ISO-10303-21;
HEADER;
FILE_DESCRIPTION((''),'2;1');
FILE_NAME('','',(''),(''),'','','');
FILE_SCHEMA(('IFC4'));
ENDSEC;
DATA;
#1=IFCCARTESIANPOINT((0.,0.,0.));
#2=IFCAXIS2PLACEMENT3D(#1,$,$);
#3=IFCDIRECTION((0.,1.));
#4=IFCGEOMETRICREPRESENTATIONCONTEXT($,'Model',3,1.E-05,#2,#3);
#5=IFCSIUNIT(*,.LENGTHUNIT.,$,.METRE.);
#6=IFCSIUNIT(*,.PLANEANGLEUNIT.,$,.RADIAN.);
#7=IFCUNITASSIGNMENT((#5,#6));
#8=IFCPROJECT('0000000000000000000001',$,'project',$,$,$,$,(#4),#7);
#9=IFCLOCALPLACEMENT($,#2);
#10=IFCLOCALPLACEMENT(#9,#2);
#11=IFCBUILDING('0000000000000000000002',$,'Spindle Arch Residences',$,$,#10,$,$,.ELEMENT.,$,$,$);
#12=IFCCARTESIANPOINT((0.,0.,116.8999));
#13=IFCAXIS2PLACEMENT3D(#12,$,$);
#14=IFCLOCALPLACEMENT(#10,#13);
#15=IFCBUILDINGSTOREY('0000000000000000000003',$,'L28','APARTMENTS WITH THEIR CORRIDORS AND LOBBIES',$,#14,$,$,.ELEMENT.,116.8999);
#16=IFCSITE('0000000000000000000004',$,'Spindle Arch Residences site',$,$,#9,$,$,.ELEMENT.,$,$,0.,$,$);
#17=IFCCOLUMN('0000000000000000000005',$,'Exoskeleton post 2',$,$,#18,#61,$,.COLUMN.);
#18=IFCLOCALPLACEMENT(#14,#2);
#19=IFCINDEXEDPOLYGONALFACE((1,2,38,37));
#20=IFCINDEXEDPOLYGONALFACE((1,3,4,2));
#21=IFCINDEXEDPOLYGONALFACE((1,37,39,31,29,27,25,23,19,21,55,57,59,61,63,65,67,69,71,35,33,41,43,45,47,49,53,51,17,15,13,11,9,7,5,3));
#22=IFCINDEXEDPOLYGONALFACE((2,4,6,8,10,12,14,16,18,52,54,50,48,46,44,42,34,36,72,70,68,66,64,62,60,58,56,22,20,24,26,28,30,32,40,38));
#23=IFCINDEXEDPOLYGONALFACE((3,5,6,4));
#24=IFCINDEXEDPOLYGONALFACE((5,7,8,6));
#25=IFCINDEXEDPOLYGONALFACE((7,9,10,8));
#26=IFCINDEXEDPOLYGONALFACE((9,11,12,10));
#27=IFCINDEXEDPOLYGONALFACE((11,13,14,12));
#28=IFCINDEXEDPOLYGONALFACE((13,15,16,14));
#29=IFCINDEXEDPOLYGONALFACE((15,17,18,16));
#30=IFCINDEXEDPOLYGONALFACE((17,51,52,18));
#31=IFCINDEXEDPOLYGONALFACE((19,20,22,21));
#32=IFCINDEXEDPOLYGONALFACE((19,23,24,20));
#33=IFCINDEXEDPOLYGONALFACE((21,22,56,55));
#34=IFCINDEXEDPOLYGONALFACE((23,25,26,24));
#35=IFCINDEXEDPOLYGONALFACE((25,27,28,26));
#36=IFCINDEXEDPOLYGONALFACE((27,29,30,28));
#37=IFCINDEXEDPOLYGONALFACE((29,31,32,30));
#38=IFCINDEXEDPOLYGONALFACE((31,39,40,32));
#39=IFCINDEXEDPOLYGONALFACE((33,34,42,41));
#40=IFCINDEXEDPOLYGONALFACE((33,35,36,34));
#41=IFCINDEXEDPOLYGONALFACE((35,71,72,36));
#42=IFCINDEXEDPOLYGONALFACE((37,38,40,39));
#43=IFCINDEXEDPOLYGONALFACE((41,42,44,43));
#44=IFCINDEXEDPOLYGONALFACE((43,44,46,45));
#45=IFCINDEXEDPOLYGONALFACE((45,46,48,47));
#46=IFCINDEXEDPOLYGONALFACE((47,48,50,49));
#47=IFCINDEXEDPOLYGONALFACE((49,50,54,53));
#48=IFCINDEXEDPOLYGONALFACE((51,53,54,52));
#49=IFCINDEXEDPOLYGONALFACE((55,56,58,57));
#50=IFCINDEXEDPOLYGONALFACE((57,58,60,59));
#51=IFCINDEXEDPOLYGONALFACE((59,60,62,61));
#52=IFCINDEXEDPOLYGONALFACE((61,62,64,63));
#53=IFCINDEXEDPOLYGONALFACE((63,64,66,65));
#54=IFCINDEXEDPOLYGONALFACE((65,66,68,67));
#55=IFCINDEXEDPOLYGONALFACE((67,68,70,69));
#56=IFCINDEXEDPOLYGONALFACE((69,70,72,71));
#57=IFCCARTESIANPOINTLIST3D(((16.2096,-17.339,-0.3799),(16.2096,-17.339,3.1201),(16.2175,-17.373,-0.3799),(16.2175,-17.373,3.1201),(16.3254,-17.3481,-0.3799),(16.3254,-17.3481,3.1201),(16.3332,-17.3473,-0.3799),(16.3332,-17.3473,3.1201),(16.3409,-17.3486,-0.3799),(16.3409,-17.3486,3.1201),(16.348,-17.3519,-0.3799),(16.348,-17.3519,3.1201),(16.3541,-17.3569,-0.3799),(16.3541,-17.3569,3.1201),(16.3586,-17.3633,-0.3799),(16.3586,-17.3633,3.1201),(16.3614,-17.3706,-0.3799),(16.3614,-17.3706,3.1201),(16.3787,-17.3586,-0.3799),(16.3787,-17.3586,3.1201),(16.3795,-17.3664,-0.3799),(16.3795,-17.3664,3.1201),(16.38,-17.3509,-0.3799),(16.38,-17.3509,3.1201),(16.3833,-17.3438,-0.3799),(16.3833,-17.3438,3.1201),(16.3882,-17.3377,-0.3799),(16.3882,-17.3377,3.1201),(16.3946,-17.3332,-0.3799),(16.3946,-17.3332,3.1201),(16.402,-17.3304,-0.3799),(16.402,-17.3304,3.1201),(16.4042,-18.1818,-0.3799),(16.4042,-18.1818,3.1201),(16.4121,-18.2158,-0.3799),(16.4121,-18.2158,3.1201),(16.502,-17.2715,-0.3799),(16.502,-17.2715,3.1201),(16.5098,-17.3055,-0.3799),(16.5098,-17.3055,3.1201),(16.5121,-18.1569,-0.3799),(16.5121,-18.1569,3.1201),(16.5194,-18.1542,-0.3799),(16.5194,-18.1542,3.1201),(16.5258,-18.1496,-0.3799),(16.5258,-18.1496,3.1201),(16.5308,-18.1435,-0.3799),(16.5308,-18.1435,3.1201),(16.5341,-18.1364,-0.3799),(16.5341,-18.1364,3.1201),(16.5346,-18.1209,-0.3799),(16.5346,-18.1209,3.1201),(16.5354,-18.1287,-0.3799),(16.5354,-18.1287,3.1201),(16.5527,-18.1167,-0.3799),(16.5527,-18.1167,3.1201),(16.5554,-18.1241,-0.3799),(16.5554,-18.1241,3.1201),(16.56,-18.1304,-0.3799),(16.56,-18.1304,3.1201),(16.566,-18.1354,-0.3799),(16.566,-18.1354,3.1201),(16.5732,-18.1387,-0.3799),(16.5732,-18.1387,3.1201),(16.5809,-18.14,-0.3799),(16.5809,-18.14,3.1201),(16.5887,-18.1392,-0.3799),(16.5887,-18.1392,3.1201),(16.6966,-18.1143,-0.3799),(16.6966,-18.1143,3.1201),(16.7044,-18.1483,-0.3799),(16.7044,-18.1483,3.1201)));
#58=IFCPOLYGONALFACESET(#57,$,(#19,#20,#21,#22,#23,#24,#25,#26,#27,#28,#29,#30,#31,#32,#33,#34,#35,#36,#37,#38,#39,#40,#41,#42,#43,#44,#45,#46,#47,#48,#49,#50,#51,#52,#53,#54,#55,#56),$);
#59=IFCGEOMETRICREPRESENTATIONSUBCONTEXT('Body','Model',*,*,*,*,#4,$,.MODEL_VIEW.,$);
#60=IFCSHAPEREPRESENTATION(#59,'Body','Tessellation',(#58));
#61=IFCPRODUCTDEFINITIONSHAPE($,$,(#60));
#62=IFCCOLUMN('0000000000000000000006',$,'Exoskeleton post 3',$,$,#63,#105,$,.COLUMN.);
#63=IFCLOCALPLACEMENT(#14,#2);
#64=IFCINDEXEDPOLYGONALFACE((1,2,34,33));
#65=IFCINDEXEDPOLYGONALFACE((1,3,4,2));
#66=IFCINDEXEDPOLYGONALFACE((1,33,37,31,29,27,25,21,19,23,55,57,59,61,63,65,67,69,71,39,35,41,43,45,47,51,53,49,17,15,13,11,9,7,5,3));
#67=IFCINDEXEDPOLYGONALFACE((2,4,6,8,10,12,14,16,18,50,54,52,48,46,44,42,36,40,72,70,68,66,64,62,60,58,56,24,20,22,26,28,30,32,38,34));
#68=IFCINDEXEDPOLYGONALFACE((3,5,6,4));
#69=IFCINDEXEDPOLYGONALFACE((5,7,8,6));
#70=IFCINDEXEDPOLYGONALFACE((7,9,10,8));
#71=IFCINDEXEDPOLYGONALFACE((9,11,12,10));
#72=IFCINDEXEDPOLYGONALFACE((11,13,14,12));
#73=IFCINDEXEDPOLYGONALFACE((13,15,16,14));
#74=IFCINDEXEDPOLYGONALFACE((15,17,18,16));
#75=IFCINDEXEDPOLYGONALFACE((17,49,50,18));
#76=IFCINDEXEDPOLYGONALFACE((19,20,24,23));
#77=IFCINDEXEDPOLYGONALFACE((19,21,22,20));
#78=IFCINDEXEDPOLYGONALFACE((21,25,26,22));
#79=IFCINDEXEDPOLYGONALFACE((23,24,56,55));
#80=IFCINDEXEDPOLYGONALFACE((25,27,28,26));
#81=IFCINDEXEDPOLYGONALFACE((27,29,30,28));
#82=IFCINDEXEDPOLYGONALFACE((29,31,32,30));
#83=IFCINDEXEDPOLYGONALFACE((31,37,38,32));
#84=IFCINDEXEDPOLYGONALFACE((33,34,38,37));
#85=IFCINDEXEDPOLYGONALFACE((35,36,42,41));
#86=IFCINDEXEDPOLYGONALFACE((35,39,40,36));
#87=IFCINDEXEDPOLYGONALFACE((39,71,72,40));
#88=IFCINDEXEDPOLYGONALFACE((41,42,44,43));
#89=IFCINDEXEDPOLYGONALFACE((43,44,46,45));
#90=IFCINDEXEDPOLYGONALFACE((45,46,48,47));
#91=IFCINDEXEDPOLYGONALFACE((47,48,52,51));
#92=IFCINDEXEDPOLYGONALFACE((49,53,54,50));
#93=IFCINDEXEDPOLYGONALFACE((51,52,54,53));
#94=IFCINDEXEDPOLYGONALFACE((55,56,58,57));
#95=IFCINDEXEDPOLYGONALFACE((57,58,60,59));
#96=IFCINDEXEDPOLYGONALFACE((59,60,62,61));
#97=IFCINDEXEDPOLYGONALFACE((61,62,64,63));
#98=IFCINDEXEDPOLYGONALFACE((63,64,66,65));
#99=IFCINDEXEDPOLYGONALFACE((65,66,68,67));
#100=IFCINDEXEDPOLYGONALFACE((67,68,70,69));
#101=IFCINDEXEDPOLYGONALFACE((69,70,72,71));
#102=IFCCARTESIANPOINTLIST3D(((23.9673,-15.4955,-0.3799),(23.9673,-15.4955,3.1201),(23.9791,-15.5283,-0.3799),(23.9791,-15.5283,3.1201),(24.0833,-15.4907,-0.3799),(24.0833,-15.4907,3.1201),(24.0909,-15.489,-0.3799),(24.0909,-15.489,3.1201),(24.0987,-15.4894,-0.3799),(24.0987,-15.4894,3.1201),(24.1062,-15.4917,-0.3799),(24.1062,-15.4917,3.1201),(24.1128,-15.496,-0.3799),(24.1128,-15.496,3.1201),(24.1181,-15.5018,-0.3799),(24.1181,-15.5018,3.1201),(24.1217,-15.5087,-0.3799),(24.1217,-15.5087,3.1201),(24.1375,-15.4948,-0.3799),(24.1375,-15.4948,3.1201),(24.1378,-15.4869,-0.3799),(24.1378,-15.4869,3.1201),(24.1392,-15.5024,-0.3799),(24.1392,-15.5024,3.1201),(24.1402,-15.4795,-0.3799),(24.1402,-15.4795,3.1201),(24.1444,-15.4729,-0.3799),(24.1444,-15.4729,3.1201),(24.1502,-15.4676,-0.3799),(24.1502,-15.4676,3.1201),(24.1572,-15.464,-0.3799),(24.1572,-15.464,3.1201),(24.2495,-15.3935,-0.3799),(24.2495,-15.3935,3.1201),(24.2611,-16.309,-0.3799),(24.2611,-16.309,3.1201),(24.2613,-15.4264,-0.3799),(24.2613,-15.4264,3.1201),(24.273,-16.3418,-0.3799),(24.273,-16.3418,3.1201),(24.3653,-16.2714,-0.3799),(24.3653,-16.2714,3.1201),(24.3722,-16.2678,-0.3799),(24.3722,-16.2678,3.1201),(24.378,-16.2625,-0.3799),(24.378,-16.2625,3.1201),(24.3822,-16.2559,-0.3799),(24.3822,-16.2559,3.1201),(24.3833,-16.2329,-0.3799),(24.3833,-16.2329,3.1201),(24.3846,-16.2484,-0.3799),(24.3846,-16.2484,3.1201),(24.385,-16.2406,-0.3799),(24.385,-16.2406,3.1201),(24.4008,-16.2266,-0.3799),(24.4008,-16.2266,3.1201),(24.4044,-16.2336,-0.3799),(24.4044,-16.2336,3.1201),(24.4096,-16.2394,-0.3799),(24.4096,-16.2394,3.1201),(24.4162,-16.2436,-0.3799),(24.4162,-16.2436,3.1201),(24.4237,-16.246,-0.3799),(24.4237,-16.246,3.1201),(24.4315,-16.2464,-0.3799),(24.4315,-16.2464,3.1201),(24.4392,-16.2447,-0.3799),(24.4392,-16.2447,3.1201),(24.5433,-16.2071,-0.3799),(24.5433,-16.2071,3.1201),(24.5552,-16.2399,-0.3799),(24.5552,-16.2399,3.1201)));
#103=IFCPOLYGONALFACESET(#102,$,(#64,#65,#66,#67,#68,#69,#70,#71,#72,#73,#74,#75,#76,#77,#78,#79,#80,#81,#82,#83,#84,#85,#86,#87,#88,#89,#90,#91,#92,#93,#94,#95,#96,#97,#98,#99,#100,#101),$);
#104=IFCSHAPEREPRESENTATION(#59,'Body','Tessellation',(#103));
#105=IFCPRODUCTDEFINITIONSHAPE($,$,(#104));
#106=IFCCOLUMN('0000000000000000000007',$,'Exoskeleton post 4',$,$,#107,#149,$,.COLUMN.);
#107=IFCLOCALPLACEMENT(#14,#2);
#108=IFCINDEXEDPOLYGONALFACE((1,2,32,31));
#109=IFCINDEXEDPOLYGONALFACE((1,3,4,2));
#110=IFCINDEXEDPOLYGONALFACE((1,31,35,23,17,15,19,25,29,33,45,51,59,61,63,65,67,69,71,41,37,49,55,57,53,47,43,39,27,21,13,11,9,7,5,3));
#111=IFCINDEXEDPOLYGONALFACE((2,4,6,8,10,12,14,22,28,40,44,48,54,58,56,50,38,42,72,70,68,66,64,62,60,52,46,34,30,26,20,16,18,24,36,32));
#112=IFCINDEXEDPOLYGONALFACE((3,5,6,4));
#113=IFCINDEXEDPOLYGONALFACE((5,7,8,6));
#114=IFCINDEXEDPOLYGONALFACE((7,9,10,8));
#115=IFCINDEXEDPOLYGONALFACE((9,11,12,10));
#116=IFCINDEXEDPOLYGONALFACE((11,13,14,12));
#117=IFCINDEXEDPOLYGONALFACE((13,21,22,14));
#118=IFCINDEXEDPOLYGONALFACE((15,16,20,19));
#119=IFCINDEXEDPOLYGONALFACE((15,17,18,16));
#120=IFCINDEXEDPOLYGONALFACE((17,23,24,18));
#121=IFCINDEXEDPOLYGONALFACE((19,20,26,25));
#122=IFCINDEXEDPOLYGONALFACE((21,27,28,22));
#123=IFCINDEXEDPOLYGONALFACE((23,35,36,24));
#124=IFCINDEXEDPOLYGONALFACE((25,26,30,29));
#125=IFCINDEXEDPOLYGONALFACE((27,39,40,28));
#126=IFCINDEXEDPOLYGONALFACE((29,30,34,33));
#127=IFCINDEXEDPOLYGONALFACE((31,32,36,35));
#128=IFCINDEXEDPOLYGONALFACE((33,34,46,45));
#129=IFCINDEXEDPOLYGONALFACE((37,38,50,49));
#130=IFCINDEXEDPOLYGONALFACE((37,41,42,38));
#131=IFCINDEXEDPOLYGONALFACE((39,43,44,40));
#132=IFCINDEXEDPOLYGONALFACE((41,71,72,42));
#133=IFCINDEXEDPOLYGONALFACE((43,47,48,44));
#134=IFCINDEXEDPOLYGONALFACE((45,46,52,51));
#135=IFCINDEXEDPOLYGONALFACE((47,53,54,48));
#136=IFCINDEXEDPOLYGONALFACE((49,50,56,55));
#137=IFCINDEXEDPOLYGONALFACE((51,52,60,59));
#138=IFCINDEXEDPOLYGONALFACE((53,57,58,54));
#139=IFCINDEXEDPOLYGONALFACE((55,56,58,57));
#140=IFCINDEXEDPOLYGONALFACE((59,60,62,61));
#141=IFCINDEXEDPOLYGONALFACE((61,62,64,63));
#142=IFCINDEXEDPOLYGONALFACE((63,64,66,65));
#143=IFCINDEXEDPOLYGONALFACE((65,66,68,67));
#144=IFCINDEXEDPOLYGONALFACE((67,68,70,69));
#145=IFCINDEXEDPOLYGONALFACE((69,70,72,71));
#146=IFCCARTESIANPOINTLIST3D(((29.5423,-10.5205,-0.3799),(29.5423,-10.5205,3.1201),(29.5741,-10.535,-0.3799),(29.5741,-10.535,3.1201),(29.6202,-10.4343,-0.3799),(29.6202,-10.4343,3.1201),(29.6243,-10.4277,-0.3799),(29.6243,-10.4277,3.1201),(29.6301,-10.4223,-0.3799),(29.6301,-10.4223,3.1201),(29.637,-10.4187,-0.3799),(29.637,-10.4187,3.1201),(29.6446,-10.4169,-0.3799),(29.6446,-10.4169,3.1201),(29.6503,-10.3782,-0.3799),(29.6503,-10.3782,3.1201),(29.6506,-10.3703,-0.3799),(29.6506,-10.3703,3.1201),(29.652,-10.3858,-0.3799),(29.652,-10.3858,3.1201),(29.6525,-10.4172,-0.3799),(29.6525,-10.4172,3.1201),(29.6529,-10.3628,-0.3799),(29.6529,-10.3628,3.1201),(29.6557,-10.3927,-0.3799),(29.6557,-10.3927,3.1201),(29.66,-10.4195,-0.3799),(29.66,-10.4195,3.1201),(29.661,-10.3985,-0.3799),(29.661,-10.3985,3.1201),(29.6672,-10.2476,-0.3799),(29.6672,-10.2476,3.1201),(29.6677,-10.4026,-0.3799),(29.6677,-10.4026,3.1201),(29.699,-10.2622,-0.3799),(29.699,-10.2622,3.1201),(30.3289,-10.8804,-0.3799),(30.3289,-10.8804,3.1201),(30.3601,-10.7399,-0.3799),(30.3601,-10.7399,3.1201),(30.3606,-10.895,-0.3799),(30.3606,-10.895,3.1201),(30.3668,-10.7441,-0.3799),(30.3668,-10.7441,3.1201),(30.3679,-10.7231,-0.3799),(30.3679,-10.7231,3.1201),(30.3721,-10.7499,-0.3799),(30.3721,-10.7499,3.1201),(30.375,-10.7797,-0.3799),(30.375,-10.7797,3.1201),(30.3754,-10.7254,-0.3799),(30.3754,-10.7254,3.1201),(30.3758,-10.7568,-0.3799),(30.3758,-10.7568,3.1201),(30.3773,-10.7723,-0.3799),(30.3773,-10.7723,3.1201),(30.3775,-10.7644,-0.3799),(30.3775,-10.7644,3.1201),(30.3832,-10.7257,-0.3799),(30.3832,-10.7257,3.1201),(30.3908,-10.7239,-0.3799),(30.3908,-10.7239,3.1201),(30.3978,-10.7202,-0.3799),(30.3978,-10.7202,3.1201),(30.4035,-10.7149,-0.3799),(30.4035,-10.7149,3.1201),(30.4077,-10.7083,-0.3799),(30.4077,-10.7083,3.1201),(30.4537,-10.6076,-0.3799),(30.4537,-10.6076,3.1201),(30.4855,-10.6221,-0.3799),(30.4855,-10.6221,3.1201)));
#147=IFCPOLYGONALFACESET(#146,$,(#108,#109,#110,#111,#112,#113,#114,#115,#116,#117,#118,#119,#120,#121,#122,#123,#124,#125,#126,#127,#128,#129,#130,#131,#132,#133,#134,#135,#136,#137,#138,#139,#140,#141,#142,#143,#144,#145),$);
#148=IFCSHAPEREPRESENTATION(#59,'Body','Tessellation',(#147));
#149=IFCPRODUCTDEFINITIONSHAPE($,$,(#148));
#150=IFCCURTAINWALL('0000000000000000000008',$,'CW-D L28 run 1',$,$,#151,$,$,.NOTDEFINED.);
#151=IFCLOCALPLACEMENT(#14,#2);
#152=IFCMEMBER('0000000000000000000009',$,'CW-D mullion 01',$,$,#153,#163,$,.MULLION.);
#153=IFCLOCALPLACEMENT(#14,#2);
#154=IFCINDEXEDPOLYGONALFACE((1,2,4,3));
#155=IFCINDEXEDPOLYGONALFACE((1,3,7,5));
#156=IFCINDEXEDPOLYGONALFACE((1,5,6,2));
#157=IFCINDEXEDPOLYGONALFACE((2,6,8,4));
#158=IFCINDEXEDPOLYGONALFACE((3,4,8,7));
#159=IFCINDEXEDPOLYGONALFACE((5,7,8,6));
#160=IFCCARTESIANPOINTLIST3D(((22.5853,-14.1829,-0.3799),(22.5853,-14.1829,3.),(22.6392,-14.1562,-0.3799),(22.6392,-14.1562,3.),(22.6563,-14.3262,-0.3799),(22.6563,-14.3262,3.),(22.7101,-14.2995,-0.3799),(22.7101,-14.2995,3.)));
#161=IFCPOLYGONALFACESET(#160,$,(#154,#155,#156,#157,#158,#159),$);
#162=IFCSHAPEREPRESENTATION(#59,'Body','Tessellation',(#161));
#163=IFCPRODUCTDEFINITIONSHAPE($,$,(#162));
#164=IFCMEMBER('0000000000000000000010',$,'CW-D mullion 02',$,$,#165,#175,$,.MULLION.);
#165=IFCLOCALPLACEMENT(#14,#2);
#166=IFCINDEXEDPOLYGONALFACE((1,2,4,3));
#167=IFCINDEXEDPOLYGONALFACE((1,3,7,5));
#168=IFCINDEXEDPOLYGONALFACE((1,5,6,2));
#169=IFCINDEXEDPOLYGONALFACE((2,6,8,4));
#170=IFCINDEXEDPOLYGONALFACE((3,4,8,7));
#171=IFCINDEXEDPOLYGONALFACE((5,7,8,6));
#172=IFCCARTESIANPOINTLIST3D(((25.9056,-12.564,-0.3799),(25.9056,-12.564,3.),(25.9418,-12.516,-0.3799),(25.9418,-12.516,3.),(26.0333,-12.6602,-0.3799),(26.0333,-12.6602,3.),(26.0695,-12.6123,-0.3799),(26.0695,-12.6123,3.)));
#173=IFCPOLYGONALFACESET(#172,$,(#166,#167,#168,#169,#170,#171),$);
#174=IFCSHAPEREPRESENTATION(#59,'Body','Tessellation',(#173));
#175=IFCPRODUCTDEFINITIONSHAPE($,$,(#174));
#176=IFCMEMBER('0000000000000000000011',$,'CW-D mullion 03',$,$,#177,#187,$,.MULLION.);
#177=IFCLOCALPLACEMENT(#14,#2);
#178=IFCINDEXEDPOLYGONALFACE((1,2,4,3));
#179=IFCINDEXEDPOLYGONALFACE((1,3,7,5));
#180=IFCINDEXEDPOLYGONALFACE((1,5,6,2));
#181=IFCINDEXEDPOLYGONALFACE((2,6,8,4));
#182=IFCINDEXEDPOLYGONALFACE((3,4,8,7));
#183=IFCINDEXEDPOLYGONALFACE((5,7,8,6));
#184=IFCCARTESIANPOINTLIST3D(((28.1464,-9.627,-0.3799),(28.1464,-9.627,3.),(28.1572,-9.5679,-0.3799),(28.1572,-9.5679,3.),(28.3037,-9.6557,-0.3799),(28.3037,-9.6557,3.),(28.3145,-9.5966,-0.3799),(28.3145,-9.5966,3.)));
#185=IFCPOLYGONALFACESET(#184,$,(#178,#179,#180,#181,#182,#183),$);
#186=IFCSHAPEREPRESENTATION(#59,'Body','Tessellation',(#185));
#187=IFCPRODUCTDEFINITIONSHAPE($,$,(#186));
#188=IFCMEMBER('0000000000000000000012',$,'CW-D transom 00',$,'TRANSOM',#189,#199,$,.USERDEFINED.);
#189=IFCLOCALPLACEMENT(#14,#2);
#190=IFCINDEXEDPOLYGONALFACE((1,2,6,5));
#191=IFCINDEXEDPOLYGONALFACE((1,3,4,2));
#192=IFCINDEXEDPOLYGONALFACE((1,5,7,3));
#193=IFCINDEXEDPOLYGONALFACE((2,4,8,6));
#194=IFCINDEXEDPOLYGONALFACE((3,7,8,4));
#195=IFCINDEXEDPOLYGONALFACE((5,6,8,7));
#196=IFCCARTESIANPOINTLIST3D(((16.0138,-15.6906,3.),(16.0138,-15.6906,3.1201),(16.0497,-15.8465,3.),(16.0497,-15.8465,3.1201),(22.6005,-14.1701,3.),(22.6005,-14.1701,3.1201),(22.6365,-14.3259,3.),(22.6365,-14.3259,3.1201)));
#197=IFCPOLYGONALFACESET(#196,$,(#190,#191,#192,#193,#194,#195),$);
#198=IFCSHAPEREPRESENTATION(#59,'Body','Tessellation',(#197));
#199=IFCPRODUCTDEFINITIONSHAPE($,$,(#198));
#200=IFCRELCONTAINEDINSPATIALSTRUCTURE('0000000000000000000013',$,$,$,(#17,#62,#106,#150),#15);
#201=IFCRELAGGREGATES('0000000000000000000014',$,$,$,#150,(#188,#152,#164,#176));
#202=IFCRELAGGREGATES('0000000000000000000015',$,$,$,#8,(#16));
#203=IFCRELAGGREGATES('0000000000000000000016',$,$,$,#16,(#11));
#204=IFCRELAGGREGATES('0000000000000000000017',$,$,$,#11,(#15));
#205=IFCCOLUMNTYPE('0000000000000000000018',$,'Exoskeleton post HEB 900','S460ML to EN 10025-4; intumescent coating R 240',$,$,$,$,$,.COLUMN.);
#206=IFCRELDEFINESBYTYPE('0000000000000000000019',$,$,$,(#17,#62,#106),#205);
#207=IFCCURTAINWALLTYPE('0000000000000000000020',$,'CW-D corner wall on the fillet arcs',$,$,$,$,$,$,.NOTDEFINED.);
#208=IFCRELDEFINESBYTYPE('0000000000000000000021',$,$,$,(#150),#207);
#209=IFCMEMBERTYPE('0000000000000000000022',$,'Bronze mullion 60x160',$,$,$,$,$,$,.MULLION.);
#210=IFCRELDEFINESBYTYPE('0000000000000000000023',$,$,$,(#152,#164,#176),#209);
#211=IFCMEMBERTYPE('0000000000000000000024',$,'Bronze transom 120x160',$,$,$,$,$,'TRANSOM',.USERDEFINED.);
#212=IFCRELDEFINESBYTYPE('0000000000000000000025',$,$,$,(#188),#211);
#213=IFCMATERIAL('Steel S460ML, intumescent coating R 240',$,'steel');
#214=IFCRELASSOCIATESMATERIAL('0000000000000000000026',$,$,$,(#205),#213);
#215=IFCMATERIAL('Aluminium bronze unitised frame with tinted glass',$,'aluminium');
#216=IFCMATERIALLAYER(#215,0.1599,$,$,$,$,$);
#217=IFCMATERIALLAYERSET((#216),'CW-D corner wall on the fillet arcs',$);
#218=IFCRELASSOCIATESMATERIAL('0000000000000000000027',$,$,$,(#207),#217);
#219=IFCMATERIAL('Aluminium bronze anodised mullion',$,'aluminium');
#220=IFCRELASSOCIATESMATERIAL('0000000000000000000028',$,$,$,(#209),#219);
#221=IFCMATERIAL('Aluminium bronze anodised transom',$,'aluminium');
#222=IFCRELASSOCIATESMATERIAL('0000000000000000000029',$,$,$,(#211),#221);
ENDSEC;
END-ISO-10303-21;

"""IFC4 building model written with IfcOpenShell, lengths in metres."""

from ifc_helpers import new_model, si_unit, direction, frame, origin, origin_2d, place, context, subcontext, project, spatial, rectangle, i_section, extrude, material, layer, layer_set, material_profile, profile_set, type_object, element, aggregate, save


model = new_model("IFC4")

# Units and contexts
model_context = context("Model", 3, precision=1e-05, world=origin(), true_north=direction((0.0, 1.0)))
body_context = subcontext(model_context, "Body", "Model", "MODEL_VIEW")
ifc_project = project(units=[si_unit("LENGTHUNIT", "METRE"), si_unit("PLANEANGLEUNIT", "RADIAN")], contexts=[model_context])

# Site, building, storey
site_placement = place(None, origin())
site = spatial("IfcSite", under=ifc_project, at=site_placement, Name="Spindle Arch Residences site", CompositionType="ELEMENT", RefElevation=0.0)
building_placement = place(site_placement, origin())
building = spatial("IfcBuilding", under=site, at=building_placement, Name="Spindle Arch Residences", CompositionType="ELEMENT")
storey_placement = place(building_placement, frame((0.0, 0.0, 116.8999)))
storey = spatial("IfcBuildingStorey", under=building, at=storey_placement, Name="L28", Description="APARTMENTS WITH THEIR CORRIDORS AND LOBBIES", CompositionType="ELEMENT", Elevation=116.8999)

# Columns
ifc_material_1 = material(Name="Steel S460ML, intumescent coating R 240", Category="steel")
ifc_material_profile_1 = material_profile(ifc_material_1, i_section(OverallWidth=0.3, OverallDepth=0.8999, WebThickness=0.0186, FlangeThickness=0.0349, FilletRadius=0.03, at=origin_2d()), Name="HEB 900")
ifc_profile_set_1 = profile_set([ifc_material_profile_1], Name="Steel S460ML, intumescent coating R 240")
column_type = type_object("IfcColumnType", Name="Exoskeleton post HEB 900", Description="S460ML to EN 10025-4; intumescent coating R 240", PredefinedType="COLUMN", material=ifc_profile_set_1)
for number, where, z_axis, x_axis, name in (
    (1, (16.457, -17.7437, -0.3799), (0.0, 0.0, 1.0), (-0.97437, -0.224951, 0.0), "Exoskeleton post 2"),
    (2, (24.2612, -15.8677, -0.3799), (0.0, 0.0, 1.0), (-0.940523, -0.339729, 0.0), "Exoskeleton post 3"),
    (3, (30.0139, -10.5713, -0.3799), (0.0, 0.0, 1.0), (-0.416144, -0.909299, 0.0), "Exoskeleton post 4"),
):
    element("IfcColumn", number, at=place(storey_placement, frame(where, z_axis=z_axis, x_axis=x_axis)), inside=storey, type_object=column_type, Name=name, PredefinedType="COLUMN", context=body_context, shape_type="SweptSolid", body=[
        extrude(i_section(OverallWidth=0.3, OverallDepth=0.8999, WebThickness=0.0186, FlangeThickness=0.0349, FilletRadius=0.03, at=origin_2d()), origin(), (0.0, 0.0, 1.0), 3.5),
    ])

# Curtain wall, members
ifc_material_2 = material(Name="Aluminium bronze unitised frame with tinted glass", Category="aluminium")
ifc_layer_1 = layer(ifc_material_2, 0.1599)
ifc_layer_set_1 = layer_set([ifc_layer_1], Name="CW-D corner wall on the fillet arcs")
curtain_wall_type = type_object("IfcCurtainWallType", Name="CW-D corner wall on the fillet arcs", PredefinedType="NOTDEFINED", material=ifc_layer_set_1)
curtain_wall_placement = place(storey_placement, origin())
curtain_wall = element("IfcCurtainWall", 4, at=curtain_wall_placement, inside=storey, type_object=curtain_wall_type, Name="CW-D L28 run 1", PredefinedType="NOTDEFINED")
ifc_material_3 = material(Name="Aluminium bronze anodised mullion", Category="aluminium")
ifc_material_profile_2 = material_profile(ifc_material_3, rectangle(XDim=0.1599, YDim=0.0601, at=origin_2d()), Name="MU 60x160")
ifc_profile_set_2 = profile_set([ifc_material_profile_2], Name="Aluminium bronze anodised mullion")
member_type_1 = type_object("IfcMemberType", Name="Bronze mullion 60x160", PredefinedType="MULLION", material=ifc_profile_set_2)
member_1_placement = place(storey_placement, frame((22.6477, -14.2412, -0.3799), z_axis=(0.0, 0.0, 1.0), x_axis=(-0.443593, 0.896229, 0.0)))
member_1 = element("IfcMember", 5, at=member_1_placement, type_object=member_type_1, Name="CW-D mullion 01", PredefinedType="MULLION", context=body_context, shape_type="SweptSolid", body=[
    extrude(rectangle(XDim=0.1599, YDim=0.0601, at=origin_2d()), origin(), (0.0, 0.0, 1.0), 3.3799),
])
member_2_placement = place(storey_placement, frame((25.9875, -12.5881, -0.3799), z_axis=(0.0, 0.0, 1.0), x_axis=(-0.798636, 0.601815, 0.0)))
member_2 = element("IfcMember", 6, at=member_2_placement, type_object=member_type_1, Name="CW-D mullion 02", PredefinedType="MULLION", context=body_context, shape_type="SweptSolid", body=[
    extrude(rectangle(XDim=0.1599, YDim=0.0601, at=origin_2d()), origin(), (0.0, 0.0, 1.0), 3.3799),
])
member_3_placement = place(storey_placement, frame((28.2305, -9.6118, -0.3799), z_axis=(0.0, 0.0, 1.0), x_axis=(-0.983781, 0.179375, 0.0)))
member_3 = element("IfcMember", 7, at=member_3_placement, type_object=member_type_1, Name="CW-D mullion 03", PredefinedType="MULLION", context=body_context, shape_type="SweptSolid", body=[
    extrude(rectangle(XDim=0.1599, YDim=0.0601, at=origin_2d()), origin(), (0.0, 0.0, 1.0), 3.3799),
])
ifc_material_4 = material(Name="Aluminium bronze anodised transom", Category="aluminium")
ifc_material_profile_3 = material_profile(ifc_material_4, rectangle(XDim=0.1599, YDim=0.1201, at=origin_2d()), Name="TR 120x160")
ifc_profile_set_3 = profile_set([ifc_material_profile_3], Name="Aluminium bronze anodised transom")
member_type_2 = type_object("IfcMemberType", Name="Bronze transom 120x160", ElementType="TRANSOM", PredefinedType="USERDEFINED", material=ifc_profile_set_3)
member_4_placement = place(storey_placement, frame((16.0317, -15.7686, 3.0601), z_axis=(0.974375, 0.224931, 0.0), x_axis=(-0.224931, 0.974375, 0.0)))
member_4 = element("IfcMember", 8, at=member_4_placement, type_object=member_type_2, Name="CW-D transom 00", ObjectType="TRANSOM", PredefinedType="USERDEFINED", context=body_context, shape_type="SweptSolid", body=[
    extrude(rectangle(XDim=0.1599, YDim=0.1201, at=origin_2d()), origin(), (0.0, 0.0, 1.0), 6.76),
])

aggregate(curtain_wall, [member_4, member_1, member_2, member_3])

save(model, "model.ifc")
